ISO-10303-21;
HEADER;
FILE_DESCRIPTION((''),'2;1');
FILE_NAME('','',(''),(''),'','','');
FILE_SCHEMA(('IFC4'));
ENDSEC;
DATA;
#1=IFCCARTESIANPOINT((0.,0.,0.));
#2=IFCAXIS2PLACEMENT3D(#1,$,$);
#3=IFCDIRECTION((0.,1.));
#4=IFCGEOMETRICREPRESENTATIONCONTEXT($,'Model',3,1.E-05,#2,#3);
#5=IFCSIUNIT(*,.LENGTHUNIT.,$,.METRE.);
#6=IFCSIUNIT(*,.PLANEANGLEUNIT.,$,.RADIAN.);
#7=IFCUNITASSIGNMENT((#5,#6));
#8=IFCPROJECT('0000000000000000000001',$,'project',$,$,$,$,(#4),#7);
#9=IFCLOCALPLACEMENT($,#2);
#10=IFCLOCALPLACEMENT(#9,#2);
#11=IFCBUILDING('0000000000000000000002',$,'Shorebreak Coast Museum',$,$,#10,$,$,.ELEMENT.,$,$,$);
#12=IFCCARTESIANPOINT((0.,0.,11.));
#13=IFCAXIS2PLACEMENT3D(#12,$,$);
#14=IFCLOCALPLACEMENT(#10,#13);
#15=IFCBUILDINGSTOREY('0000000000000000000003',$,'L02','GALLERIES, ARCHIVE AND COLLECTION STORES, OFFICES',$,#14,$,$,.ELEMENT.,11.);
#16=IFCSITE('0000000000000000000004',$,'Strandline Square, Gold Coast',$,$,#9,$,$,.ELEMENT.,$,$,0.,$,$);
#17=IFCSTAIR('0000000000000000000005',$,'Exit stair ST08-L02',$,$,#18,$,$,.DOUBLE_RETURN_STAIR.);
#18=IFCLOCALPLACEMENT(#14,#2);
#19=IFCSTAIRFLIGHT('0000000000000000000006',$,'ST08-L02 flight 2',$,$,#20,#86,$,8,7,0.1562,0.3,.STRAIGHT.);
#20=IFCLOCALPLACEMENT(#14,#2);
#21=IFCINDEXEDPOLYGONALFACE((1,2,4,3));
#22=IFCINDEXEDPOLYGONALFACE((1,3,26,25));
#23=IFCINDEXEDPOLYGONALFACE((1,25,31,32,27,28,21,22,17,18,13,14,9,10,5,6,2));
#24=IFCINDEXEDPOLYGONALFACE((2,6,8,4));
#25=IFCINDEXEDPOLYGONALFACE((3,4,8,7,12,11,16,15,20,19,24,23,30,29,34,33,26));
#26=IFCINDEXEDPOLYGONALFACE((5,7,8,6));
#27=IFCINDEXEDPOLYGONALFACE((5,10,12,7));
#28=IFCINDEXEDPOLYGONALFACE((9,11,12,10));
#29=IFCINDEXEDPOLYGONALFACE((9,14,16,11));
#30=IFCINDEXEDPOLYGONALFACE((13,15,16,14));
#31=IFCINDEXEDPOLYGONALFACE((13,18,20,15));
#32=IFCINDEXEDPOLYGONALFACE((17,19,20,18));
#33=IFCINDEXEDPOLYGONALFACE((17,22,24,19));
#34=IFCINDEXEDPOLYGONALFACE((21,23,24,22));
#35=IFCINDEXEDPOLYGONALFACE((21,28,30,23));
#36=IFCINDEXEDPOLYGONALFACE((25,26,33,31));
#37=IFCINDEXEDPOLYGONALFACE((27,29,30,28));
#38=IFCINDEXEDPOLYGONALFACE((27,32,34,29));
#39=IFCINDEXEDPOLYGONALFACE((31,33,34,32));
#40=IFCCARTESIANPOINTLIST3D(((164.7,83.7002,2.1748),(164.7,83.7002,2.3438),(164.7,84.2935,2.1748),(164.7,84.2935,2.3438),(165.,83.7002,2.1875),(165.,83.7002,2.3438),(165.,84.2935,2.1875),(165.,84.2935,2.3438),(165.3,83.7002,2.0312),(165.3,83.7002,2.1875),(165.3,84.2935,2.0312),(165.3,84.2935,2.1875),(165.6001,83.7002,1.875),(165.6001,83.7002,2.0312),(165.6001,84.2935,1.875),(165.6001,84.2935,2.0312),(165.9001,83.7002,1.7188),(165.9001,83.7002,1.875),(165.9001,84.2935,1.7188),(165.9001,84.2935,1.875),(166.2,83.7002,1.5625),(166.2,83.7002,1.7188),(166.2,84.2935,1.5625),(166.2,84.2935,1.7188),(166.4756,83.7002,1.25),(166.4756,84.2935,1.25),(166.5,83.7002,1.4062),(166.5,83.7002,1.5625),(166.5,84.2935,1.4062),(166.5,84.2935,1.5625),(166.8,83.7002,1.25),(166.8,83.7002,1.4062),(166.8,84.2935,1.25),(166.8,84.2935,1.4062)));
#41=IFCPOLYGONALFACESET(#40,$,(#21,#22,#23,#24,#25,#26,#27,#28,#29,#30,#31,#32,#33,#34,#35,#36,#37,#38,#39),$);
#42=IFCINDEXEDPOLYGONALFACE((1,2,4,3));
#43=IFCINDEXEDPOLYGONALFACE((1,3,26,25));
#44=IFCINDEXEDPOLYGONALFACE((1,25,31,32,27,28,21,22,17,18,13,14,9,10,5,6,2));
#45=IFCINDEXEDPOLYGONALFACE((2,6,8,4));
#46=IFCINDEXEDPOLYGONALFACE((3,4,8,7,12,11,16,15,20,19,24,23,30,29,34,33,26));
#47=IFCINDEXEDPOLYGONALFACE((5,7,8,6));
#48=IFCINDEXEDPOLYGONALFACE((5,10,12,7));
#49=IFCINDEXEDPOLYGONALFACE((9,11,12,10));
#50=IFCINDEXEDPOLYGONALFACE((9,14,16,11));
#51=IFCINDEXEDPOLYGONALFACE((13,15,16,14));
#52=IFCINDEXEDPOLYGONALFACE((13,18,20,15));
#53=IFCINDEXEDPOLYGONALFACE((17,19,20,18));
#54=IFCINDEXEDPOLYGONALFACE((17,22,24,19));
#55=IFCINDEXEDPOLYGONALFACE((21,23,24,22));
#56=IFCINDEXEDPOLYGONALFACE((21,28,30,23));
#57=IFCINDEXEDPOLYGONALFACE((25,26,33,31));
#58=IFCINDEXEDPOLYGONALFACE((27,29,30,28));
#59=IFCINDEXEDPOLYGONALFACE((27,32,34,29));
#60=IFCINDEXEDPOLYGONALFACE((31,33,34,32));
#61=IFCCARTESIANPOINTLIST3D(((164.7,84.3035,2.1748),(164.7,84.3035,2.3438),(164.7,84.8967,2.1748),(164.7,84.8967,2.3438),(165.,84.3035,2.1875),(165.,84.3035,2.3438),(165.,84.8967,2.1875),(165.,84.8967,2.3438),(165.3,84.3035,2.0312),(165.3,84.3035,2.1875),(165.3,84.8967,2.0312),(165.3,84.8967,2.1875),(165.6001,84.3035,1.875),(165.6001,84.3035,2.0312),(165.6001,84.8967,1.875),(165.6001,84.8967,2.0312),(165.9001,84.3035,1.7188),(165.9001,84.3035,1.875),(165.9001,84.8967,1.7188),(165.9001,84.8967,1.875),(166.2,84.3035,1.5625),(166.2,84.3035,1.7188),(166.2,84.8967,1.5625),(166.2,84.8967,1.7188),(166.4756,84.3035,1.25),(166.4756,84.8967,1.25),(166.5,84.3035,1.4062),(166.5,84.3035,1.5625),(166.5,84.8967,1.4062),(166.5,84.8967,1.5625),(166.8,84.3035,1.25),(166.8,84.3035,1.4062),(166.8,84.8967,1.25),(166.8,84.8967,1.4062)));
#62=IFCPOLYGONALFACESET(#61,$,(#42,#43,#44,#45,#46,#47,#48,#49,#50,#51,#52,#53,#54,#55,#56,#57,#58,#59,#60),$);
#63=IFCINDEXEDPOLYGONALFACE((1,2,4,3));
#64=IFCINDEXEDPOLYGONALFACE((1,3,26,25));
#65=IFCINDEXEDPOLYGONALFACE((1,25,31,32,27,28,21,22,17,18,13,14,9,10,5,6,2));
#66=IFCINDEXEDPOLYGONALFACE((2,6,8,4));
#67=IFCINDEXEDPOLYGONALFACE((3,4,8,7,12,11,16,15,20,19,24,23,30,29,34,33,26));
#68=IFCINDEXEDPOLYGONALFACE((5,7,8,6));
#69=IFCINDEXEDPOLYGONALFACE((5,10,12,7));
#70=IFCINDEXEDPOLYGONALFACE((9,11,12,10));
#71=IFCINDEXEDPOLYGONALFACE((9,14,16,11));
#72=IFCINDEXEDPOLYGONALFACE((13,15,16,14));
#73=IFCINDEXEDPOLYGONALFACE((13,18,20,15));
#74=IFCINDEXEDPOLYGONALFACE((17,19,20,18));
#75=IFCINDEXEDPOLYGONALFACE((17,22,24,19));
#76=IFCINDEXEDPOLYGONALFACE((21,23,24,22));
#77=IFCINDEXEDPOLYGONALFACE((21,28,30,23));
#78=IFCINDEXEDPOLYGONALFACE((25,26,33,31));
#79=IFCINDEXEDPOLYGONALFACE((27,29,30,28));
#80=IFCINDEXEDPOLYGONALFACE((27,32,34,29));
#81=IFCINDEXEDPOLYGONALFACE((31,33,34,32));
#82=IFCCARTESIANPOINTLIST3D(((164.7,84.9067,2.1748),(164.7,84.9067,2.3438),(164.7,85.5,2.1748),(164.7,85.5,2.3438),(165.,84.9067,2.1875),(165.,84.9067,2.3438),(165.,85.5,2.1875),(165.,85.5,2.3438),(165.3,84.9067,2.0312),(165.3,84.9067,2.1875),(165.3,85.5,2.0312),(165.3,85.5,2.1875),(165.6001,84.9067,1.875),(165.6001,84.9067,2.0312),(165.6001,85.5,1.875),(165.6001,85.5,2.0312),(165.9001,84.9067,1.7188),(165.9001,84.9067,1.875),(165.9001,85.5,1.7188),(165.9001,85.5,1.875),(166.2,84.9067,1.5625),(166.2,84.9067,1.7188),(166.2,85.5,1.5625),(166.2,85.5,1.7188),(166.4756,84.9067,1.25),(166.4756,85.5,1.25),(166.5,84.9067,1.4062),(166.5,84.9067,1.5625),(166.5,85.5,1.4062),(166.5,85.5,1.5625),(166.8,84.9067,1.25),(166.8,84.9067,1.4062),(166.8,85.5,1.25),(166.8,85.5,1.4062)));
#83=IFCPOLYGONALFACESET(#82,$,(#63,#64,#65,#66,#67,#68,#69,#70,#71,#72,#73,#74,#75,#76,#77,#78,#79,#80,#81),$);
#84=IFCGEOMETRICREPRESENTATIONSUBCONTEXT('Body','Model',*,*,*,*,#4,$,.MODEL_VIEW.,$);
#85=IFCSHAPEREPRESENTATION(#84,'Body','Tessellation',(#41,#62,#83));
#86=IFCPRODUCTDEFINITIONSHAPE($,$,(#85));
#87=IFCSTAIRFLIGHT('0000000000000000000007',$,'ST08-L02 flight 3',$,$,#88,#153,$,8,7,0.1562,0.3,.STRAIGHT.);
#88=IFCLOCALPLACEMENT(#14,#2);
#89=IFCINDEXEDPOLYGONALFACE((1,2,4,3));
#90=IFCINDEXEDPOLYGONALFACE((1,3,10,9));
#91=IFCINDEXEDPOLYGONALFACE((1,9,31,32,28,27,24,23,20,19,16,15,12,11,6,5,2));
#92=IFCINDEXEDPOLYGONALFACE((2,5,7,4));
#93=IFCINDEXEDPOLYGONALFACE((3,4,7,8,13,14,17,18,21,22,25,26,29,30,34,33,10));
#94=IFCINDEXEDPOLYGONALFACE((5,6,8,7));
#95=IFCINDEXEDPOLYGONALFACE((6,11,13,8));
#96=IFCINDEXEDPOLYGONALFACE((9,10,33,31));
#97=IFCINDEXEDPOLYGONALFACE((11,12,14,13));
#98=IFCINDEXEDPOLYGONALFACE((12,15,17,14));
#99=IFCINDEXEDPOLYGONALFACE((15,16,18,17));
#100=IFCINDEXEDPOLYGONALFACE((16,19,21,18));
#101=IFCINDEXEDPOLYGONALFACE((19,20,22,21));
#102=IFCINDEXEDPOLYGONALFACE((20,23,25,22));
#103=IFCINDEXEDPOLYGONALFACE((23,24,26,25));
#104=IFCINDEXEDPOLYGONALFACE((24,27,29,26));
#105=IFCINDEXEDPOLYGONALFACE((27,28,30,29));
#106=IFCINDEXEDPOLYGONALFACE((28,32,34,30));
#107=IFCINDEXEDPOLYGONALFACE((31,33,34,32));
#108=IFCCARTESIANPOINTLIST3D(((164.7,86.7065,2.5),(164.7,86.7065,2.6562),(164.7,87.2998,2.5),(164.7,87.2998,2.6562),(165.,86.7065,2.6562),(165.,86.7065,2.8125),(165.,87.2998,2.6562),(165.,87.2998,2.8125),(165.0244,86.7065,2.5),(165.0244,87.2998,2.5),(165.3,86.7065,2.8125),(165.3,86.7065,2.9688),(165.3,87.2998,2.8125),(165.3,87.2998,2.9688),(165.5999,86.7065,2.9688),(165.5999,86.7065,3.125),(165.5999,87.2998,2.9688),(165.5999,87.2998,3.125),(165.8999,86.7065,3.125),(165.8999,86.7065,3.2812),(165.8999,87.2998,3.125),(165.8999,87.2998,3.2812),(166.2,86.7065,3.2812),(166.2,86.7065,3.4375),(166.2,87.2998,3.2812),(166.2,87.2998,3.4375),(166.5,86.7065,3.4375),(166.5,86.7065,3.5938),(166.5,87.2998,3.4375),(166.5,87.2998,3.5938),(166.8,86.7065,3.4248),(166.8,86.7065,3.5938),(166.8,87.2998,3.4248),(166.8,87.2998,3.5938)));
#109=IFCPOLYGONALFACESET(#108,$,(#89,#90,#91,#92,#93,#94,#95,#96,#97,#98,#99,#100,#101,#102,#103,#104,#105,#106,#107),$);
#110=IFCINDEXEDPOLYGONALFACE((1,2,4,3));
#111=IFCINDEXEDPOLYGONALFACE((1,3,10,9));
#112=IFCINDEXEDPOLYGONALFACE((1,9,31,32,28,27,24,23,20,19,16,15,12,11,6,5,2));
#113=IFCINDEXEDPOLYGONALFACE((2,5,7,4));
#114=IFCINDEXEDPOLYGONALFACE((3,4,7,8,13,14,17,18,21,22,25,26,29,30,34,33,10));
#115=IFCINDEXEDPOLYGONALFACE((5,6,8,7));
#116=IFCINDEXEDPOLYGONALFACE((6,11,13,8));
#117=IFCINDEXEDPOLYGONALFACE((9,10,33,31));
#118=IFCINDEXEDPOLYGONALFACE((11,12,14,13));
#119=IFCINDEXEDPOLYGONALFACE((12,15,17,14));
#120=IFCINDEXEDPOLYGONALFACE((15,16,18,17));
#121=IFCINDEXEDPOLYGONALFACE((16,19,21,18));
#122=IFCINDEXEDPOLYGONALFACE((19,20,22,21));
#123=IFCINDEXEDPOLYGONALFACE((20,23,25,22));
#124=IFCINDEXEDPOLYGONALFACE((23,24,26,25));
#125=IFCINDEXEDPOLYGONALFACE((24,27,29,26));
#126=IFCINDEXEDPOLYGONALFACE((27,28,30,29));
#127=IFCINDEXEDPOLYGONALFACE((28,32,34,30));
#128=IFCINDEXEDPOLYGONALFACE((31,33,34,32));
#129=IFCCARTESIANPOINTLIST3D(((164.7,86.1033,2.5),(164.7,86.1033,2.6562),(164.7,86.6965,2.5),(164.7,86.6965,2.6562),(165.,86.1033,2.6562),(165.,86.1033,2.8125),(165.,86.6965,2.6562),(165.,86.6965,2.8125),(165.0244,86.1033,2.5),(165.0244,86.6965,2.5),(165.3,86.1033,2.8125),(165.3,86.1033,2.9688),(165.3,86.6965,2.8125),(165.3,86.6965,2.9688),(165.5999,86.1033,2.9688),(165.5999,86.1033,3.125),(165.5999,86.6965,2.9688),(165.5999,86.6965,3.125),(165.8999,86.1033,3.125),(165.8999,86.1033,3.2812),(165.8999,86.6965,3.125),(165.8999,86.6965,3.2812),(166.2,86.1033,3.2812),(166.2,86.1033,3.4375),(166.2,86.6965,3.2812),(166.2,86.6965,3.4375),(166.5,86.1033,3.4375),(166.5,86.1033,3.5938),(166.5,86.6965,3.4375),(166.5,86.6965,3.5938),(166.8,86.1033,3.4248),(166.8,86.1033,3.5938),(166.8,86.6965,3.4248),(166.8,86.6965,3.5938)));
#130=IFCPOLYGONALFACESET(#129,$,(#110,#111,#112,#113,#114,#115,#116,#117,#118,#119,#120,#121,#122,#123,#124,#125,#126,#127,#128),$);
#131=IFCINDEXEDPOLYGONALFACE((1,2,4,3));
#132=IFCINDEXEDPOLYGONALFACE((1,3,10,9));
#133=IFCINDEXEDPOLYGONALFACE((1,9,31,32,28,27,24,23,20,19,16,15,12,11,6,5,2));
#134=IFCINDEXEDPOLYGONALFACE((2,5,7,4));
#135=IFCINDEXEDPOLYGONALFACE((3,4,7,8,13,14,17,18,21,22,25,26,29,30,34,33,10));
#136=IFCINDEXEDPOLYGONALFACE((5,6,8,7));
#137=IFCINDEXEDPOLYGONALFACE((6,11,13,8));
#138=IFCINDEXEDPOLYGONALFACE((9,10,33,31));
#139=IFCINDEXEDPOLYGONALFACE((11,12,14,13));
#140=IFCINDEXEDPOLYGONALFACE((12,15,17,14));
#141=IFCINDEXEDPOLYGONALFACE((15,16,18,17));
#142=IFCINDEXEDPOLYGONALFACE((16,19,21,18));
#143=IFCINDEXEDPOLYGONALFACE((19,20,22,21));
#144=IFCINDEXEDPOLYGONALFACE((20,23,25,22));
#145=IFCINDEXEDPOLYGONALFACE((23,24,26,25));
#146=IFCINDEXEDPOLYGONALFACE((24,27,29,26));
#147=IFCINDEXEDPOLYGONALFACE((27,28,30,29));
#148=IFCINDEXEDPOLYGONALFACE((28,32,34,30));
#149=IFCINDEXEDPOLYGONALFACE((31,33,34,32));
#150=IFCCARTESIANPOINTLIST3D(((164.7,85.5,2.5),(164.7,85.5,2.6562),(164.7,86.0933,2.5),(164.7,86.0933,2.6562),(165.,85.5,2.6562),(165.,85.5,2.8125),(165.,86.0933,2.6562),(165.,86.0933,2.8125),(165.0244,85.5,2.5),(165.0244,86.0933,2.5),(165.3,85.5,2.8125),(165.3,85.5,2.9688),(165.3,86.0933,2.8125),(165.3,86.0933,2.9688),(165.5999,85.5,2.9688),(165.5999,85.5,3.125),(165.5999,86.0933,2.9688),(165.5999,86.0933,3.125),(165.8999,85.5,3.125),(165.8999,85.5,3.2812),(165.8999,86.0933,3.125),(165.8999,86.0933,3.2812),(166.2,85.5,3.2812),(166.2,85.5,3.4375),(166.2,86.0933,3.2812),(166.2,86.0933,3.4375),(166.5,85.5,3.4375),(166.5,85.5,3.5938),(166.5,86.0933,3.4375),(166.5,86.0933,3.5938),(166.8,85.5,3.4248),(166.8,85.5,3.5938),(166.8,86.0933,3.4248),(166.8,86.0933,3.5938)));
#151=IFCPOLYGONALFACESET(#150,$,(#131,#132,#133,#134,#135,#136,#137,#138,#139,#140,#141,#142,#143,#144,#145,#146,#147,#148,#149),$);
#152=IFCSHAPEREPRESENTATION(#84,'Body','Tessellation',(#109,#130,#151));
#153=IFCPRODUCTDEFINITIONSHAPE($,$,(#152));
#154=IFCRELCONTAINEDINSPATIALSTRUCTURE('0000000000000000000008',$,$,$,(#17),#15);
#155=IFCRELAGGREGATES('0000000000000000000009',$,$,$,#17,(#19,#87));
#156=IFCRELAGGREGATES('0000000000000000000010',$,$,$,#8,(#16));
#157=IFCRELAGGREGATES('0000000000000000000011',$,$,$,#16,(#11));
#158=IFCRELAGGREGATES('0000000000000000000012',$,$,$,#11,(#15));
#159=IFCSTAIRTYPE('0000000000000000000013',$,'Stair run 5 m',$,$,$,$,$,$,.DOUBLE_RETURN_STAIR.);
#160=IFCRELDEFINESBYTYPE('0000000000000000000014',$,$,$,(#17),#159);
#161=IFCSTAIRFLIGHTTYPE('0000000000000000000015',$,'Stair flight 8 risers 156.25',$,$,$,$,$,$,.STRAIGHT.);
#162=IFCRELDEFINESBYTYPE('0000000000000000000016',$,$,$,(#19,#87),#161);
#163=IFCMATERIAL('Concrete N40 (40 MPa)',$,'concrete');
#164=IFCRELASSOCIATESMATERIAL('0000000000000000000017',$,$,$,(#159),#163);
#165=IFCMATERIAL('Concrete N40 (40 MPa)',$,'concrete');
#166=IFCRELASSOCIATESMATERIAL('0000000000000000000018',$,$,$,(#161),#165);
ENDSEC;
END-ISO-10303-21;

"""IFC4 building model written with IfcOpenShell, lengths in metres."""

from ifc_helpers import new_model, si_unit, direction, frame, origin, place, context, subcontext, project, spatial, polyline, outline, extrude, material, type_object, element, aggregate, save


model = new_model("IFC4")

# Units and contexts
model_context = context("Model", 3, precision=1e-05, world=origin(), true_north=direction((0.0, 1.0)))
body_context = subcontext(model_context, "Body", "Model", "MODEL_VIEW")
ifc_project = project(units=[si_unit("LENGTHUNIT", "METRE"), si_unit("PLANEANGLEUNIT", "RADIAN")], contexts=[model_context])

# Site, building, storey
site_placement = place(None, origin())
site = spatial("IfcSite", under=ifc_project, at=site_placement, Name="Strandline Square, Gold Coast", CompositionType="ELEMENT", RefElevation=0.0)
building_placement = place(site_placement, origin())
building = spatial("IfcBuilding", under=site, at=building_placement, Name="Shorebreak Coast Museum", CompositionType="ELEMENT")
storey_placement = place(building_placement, frame((0.0, 0.0, 11.0)))
storey = spatial("IfcBuildingStorey", under=building, at=storey_placement, Name="L02", Description="GALLERIES, ARCHIVE AND COLLECTION STORES, OFFICES", CompositionType="ELEMENT", Elevation=11.0)

# Stair, stair flights
ifc_material_1 = material(Name="Concrete N40 (40 MPa)", Category="concrete")
stair_type = type_object("IfcStairType", Name="Stair run 5 m", PredefinedType="DOUBLE_RETURN_STAIR", material=ifc_material_1)
stair_placement = place(storey_placement, origin())
stair = element("IfcStair", 1, at=stair_placement, inside=storey, type_object=stair_type, Name="Exit stair ST08-L02", PredefinedType="DOUBLE_RETURN_STAIR")
ifc_material_2 = material(Name="Concrete N40 (40 MPa)", Category="concrete")
stair_flight_type = type_object("IfcStairFlightType", Name="Stair flight 8 risers 156.25", PredefinedType="STRAIGHT", material=ifc_material_2)
stair_flight_1_placement = place(storey_placement, frame((166.8, 84.6001, 1.25), z_axis=(0.0, 0.0, 1.0), x_axis=(-1.0, 0.0, 0.0)))
stair_flight_1 = element("IfcStairFlight", 2, at=stair_flight_1_placement, type_object=stair_flight_type, Name="ST08-L02 flight 2", NumberOfRisers=8, NumberOfTreads=7, PredefinedType="STRAIGHT", RiserHeight=0.1562, TreadLength=0.3, context=body_context, shape_type="SweptSolid", body=[
    extrude(outline(polyline([(0.0, 0.0), (0.0, 0.1562), (0.3, 0.1562), (0.3, 0.3125), (0.6001, 0.3125), (0.6001, 0.4688), (0.8999, 0.4688), (0.8999, 0.625), (1.2, 0.625), (1.2, 0.7812), (1.5, 0.7812), (1.5, 0.9375), (1.8, 0.9375), (1.8, 1.0938), (2.1001, 1.0938), (2.1001, 1.25), (2.1001, 0.9248), (0.3245, 0.0), (0.0, 0.0)])), frame((0.0, 0.8999, 0.0), z_axis=(0.0, -1.0, 0.0), x_axis=(1.0, 0.0, 0.0)), (0.0, 0.0, 1.0), 0.5933),
    extrude(outline(polyline([(0.0, 0.0), (0.0, 0.1562), (0.3, 0.1562), (0.3, 0.3125), (0.6001, 0.3125), (0.6001, 0.4688), (0.8999, 0.4688), (0.8999, 0.625), (1.2, 0.625), (1.2, 0.7812), (1.5, 0.7812), (1.5, 0.9375), (1.8, 0.9375), (1.8, 1.0938), (2.1001, 1.0938), (2.1001, 1.25), (2.1001, 0.9248), (0.3245, 0.0), (0.0, 0.0)])), frame((0.0, 0.2966, 0.0), z_axis=(0.0, -1.0, 0.0), x_axis=(1.0, 0.0, 0.0)), (0.0, 0.0, 1.0), 0.5933),
    extrude(outline(polyline([(0.0, 0.0), (0.0, 0.1562), (0.3, 0.1562), (0.3, 0.3125), (0.6001, 0.3125), (0.6001, 0.4688), (0.8999, 0.4688), (0.8999, 0.625), (1.2, 0.625), (1.2, 0.7812), (1.5, 0.7812), (1.5, 0.9375), (1.8, 0.9375), (1.8, 1.0938), (2.1001, 1.0938), (2.1001, 1.25), (2.1001, 0.9248), (0.3245, 0.0), (0.0, 0.0)])), frame((0.0, -0.3066, 0.0), z_axis=(0.0, -1.0, 0.0), x_axis=(1.0, 0.0, 0.0)), (0.0, 0.0, 1.0), 0.5933),
])
stair_flight_2_placement = place(storey_placement, frame((164.7, 86.3999, 2.5), z_axis=(0.0, 0.0, 1.0), x_axis=(1.0, 0.0, 0.0)))
stair_flight_2 = element("IfcStairFlight", 3, at=stair_flight_2_placement, type_object=stair_flight_type, Name="ST08-L02 flight 3", NumberOfRisers=8, NumberOfTreads=7, PredefinedType="STRAIGHT", RiserHeight=0.1562, TreadLength=0.3, context=body_context, shape_type="SweptSolid", body=[
    extrude(outline(polyline([(0.0, 0.0), (0.0, 0.1562), (0.3, 0.1562), (0.3, 0.3125), (0.6001, 0.3125), (0.6001, 0.4688), (0.8999, 0.4688), (0.8999, 0.625), (1.2, 0.625), (1.2, 0.7812), (1.5, 0.7812), (1.5, 0.9375), (1.8, 0.9375), (1.8, 1.0938), (2.1001, 1.0938), (2.1001, 1.25), (2.1001, 0.9248), (0.3245, 0.0), (0.0, 0.0)])), frame((0.0, 0.8999, 0.0), z_axis=(0.0, -1.0, 0.0), x_axis=(1.0, 0.0, 0.0)), (0.0, 0.0, 1.0), 0.5933),
    extrude(outline(polyline([(0.0, 0.0), (0.0, 0.1562), (0.3, 0.1562), (0.3, 0.3125), (0.6001, 0.3125), (0.6001, 0.4688), (0.8999, 0.4688), (0.8999, 0.625), (1.2, 0.625), (1.2, 0.7812), (1.5, 0.7812), (1.5, 0.9375), (1.8, 0.9375), (1.8, 1.0938), (2.1001, 1.0938), (2.1001, 1.25), (2.1001, 0.9248), (0.3245, 0.0), (0.0, 0.0)])), frame((0.0, 0.2966, 0.0), z_axis=(0.0, -1.0, 0.0), x_axis=(1.0, 0.0, 0.0)), (0.0, 0.0, 1.0), 0.5933),
    extrude(outline(polyline([(0.0, 0.0), (0.0, 0.1562), (0.3, 0.1562), (0.3, 0.3125), (0.6001, 0.3125), (0.6001, 0.4688), (0.8999, 0.4688), (0.8999, 0.625), (1.2, 0.625), (1.2, 0.7812), (1.5, 0.7812), (1.5, 0.9375), (1.8, 0.9375), (1.8, 1.0938), (2.1001, 1.0938), (2.1001, 1.25), (2.1001, 0.9248), (0.3245, 0.0), (0.0, 0.0)])), frame((0.0, -0.3066, 0.0), z_axis=(0.0, -1.0, 0.0), x_axis=(1.0, 0.0, 0.0)), (0.0, 0.0, 1.0), 0.5933),
])
aggregate(stair, [stair_flight_1, stair_flight_2])

save(model, "model.ifc")
